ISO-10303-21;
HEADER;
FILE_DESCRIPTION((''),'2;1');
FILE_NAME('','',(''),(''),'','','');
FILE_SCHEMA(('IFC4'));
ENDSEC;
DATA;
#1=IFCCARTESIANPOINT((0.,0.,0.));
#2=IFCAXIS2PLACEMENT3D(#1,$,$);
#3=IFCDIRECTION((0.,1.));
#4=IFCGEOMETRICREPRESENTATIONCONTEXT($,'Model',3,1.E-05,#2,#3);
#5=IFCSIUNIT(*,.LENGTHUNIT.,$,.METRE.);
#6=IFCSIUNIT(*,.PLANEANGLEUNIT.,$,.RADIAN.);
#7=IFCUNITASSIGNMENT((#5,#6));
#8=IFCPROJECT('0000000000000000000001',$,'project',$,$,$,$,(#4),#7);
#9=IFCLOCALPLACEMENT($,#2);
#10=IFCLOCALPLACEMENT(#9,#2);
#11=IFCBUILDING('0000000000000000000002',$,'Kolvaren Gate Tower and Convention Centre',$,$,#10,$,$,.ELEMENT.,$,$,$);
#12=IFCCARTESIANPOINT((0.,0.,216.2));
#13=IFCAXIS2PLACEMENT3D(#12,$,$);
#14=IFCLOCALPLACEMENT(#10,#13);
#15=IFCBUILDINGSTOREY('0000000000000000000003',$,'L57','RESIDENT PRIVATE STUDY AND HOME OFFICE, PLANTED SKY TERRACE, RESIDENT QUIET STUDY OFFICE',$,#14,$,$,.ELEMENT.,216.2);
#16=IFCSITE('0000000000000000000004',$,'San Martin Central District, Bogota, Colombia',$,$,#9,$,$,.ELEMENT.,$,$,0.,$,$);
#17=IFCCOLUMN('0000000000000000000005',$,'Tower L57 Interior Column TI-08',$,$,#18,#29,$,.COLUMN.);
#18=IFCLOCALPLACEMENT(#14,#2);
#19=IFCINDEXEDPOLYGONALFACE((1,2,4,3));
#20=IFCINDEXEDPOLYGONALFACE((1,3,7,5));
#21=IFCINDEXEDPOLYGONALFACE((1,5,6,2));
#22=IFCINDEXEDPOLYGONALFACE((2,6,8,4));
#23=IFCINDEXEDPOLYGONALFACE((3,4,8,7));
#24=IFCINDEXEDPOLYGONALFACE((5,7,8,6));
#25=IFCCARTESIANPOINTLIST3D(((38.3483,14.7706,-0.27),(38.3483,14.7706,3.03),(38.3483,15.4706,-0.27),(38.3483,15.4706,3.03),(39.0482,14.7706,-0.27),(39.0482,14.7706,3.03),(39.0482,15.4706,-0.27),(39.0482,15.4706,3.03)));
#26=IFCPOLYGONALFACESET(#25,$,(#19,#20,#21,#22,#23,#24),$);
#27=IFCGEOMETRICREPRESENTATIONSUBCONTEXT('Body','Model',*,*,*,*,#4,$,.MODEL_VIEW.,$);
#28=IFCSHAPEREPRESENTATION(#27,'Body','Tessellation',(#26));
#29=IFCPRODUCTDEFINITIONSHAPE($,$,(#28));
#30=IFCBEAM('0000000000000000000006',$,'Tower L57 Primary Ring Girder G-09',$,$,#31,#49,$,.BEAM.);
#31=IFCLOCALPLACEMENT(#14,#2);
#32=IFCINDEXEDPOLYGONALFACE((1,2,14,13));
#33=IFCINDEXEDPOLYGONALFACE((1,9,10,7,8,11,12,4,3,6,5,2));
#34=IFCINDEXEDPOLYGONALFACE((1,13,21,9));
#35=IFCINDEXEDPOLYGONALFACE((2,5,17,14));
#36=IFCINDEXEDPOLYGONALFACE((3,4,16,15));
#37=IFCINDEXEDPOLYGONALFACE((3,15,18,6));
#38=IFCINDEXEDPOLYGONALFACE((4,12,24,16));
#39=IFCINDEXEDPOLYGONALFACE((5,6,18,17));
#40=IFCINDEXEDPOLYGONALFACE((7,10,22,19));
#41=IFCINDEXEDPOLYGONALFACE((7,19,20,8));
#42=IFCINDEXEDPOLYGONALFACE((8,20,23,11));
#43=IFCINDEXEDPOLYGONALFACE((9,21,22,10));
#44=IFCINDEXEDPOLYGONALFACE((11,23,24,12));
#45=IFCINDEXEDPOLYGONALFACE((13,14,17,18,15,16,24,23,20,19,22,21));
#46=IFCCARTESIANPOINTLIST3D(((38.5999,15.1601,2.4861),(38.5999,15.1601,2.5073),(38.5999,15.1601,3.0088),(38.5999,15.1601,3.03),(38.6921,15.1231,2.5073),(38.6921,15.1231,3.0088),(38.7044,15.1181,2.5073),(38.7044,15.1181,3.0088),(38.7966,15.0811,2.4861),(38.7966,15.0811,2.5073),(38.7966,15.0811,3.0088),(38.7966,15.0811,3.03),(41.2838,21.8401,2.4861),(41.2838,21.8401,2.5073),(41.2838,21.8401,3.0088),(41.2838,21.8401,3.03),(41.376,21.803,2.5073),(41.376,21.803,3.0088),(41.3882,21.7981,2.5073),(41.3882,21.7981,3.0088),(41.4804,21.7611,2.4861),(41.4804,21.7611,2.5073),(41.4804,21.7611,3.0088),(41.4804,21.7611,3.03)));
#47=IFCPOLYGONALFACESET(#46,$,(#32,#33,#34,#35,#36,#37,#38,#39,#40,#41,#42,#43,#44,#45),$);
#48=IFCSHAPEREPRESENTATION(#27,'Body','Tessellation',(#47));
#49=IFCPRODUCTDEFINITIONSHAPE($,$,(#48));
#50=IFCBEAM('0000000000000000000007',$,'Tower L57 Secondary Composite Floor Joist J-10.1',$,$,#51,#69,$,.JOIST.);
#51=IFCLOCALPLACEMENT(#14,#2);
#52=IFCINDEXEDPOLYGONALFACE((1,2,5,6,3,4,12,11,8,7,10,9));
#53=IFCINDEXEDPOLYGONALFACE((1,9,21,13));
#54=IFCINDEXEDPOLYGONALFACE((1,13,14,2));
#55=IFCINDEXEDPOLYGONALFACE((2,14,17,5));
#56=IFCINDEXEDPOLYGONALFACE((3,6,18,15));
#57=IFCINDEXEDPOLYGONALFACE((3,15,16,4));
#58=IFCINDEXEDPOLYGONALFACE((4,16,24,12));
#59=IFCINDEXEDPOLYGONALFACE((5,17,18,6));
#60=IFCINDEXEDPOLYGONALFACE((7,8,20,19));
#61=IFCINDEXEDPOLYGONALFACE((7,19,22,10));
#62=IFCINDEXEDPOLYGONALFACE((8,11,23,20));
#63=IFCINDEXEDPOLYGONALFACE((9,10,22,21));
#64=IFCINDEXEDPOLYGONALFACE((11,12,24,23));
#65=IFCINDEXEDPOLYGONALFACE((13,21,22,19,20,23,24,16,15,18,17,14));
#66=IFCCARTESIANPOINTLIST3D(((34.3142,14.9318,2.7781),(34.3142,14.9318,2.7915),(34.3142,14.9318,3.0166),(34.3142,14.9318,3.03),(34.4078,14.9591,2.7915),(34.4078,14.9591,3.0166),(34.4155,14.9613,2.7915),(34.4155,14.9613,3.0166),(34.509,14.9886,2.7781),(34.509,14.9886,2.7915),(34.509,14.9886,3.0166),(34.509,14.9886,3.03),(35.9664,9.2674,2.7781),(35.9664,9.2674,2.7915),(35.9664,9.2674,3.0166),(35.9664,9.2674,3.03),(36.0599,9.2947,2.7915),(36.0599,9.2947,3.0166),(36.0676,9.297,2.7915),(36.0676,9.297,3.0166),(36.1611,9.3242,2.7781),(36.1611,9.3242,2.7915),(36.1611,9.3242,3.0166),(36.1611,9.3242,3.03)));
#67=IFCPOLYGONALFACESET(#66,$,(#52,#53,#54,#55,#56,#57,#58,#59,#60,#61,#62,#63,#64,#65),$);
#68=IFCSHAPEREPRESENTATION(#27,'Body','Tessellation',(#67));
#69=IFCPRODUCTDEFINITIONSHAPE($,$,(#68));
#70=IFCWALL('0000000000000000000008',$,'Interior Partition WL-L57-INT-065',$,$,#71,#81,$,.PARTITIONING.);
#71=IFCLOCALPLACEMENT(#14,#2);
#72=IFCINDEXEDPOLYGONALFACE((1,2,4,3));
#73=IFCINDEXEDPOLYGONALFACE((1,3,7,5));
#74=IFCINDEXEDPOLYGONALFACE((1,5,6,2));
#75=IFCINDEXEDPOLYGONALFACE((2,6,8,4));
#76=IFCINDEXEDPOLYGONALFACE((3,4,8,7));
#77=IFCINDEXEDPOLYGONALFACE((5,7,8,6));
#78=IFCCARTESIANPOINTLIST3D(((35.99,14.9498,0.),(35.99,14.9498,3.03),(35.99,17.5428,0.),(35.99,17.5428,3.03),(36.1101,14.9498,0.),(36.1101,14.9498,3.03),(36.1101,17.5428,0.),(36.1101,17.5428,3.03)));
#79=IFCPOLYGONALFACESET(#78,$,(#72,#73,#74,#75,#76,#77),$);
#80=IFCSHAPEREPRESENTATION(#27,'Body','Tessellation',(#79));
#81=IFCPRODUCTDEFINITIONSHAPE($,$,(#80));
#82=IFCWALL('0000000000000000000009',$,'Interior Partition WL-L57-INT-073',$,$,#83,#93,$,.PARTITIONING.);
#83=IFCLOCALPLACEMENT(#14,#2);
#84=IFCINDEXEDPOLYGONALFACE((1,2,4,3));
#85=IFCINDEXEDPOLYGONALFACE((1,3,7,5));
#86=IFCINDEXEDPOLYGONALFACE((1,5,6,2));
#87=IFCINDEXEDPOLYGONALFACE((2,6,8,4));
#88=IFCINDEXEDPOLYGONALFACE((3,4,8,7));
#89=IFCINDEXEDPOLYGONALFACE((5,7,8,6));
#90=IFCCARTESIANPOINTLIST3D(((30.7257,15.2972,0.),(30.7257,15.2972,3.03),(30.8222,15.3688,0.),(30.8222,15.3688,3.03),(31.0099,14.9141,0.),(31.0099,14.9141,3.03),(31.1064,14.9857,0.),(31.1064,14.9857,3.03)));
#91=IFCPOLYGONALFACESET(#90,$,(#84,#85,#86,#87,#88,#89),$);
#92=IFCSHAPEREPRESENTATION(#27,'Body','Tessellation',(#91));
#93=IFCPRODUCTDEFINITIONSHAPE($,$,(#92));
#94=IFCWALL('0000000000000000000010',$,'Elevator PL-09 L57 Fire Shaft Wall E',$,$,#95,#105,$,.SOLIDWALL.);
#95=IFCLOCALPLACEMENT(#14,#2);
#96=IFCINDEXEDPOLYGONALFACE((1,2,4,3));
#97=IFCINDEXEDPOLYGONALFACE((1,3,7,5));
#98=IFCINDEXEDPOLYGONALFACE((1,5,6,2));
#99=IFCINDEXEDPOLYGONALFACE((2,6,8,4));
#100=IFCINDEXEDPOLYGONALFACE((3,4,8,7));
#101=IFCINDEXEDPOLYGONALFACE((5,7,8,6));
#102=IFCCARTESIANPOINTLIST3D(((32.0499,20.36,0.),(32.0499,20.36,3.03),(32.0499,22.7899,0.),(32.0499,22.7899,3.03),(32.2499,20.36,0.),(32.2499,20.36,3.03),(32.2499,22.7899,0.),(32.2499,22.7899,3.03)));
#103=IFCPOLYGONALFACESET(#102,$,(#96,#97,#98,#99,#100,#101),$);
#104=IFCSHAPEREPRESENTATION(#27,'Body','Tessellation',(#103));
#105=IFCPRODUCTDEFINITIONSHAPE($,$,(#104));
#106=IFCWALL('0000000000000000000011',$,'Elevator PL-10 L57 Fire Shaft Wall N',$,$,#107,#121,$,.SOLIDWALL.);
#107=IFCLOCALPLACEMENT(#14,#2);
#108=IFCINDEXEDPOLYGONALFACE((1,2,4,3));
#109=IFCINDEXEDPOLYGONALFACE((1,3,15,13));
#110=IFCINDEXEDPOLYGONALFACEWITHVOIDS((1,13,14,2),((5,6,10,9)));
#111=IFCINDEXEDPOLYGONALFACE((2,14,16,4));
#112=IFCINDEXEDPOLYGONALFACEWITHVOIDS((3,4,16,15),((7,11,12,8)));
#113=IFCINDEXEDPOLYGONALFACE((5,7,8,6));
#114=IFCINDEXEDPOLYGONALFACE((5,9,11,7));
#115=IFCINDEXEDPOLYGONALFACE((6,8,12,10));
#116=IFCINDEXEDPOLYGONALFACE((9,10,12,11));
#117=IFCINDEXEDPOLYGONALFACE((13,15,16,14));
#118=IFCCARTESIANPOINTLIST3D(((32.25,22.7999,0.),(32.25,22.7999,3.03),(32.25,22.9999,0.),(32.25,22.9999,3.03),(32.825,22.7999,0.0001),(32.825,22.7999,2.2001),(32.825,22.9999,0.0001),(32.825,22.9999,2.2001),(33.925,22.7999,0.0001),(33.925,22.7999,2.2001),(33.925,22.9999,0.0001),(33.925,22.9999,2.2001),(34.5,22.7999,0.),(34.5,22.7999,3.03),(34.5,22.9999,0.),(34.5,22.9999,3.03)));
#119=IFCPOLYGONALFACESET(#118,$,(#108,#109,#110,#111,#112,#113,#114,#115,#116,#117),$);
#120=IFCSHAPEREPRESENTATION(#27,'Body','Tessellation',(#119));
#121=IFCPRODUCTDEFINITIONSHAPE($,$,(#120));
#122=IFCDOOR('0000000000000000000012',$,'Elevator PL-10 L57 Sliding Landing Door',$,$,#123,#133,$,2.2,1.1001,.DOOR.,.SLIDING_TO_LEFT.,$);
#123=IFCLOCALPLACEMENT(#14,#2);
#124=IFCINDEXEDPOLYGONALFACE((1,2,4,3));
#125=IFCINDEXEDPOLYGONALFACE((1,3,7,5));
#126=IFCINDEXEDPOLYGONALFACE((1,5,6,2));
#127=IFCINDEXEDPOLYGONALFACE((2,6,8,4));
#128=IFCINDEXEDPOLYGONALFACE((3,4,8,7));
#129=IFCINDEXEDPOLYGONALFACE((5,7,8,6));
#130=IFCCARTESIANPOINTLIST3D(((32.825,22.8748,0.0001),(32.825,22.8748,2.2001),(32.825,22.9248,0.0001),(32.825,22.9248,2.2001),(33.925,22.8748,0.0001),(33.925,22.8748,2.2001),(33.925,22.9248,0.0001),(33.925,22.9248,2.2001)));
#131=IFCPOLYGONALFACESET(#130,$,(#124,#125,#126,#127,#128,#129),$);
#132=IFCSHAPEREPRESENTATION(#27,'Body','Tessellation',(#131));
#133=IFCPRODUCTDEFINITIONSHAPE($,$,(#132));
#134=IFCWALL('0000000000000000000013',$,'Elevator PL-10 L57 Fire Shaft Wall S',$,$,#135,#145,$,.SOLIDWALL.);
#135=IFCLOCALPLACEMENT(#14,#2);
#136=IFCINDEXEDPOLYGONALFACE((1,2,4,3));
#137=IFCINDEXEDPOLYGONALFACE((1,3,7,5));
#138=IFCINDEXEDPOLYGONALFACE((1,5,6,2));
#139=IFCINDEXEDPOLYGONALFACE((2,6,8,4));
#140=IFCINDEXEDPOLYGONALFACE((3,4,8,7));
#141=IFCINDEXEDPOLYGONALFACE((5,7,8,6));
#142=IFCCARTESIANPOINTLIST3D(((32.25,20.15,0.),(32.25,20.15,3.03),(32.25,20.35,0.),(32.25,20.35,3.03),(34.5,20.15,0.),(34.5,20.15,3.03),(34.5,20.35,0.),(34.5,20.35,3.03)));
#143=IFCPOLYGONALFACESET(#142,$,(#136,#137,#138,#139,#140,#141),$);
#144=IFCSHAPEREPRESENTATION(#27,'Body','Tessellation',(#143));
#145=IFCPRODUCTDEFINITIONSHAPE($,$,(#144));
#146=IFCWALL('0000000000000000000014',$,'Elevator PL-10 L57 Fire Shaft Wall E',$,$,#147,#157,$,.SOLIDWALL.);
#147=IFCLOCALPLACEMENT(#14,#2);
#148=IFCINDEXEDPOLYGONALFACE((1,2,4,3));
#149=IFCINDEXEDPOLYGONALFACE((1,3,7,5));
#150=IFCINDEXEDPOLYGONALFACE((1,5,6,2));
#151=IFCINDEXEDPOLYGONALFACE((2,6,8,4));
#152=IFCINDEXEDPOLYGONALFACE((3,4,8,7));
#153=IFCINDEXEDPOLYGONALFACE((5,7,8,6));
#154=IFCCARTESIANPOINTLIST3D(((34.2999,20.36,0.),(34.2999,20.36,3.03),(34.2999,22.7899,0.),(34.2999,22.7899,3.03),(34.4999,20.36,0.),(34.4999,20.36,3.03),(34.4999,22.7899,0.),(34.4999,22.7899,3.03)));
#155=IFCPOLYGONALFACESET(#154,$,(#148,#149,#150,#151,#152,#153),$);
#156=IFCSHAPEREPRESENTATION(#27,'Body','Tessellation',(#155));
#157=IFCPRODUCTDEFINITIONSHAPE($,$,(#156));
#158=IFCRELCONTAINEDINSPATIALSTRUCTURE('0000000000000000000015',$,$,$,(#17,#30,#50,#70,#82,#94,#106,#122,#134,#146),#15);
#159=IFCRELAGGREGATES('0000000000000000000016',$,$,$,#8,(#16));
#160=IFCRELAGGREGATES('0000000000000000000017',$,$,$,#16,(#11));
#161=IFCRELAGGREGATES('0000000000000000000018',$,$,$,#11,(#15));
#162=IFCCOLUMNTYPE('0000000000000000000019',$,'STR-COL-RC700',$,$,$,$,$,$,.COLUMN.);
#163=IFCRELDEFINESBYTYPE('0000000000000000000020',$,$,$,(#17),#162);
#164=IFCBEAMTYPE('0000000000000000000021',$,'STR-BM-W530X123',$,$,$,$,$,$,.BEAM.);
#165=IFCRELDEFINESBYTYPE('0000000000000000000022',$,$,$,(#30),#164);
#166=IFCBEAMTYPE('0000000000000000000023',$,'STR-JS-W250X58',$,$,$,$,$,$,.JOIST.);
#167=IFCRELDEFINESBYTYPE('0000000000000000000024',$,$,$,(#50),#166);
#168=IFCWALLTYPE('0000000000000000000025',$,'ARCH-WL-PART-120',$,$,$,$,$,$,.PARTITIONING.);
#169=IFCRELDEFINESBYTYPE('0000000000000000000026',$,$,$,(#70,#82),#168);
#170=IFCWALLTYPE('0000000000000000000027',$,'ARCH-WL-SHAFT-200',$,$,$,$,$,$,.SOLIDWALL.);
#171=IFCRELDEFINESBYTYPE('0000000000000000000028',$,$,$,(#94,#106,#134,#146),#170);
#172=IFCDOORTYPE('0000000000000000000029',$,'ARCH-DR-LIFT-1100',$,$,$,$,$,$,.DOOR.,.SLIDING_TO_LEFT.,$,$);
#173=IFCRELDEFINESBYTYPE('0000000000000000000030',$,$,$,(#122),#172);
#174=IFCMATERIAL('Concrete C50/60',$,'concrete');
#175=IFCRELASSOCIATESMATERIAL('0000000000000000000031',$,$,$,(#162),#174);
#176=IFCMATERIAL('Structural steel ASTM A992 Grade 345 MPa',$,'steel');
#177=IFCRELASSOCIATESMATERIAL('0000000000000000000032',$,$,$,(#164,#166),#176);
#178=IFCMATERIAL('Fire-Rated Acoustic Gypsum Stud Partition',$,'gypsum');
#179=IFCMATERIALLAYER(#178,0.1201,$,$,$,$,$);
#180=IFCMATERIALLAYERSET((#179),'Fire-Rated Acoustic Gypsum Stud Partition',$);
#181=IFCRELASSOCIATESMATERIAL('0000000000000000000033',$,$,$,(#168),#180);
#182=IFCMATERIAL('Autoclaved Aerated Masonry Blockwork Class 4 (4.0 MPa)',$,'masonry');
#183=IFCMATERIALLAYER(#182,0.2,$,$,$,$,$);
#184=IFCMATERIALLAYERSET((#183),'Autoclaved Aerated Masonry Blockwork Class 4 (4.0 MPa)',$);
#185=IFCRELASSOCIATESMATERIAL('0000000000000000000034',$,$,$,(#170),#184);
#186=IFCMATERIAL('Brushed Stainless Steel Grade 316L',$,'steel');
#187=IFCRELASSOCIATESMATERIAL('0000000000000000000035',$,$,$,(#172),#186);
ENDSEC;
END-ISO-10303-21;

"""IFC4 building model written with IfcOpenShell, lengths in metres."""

from ifc_helpers import new_model, si_unit, direction, frame, frame_2d, origin, origin_2d, place, context, subcontext, project, spatial, rectangle, i_section, extrude, material, layer, layer_set, material_profile, profile_set, type_object, element, fill, save


model = new_model("IFC4")

# Units and contexts
model_context = context("Model", 3, precision=1e-05, world=origin(), true_north=direction((0.0, 1.0)))
body_context = subcontext(model_context, "Body", "Model", "MODEL_VIEW")
ifc_project = project(units=[si_unit("LENGTHUNIT", "METRE"), si_unit("PLANEANGLEUNIT", "RADIAN")], contexts=[model_context])

# Site, building, storey
site_placement = place(None, origin())
site = spatial("IfcSite", under=ifc_project, at=site_placement, Name="San Martin Central District, Bogota, Colombia", CompositionType="ELEMENT", RefElevation=0.0)
building_placement = place(site_placement, origin())
building = spatial("IfcBuilding", under=site, at=building_placement, Name="Kolvaren Gate Tower and Convention Centre", CompositionType="ELEMENT")
storey_placement = place(building_placement, frame((0.0, 0.0, 216.2)))
storey = spatial("IfcBuildingStorey", under=building, at=storey_placement, Name="L57", Description="RESIDENT PRIVATE STUDY AND HOME OFFICE, PLANTED SKY TERRACE, RESIDENT QUIET STUDY OFFICE", CompositionType="ELEMENT", Elevation=216.2)

# Column
ifc_material_1 = material(Name="Concrete C50/60", Category="concrete")
ifc_material_profile_1 = material_profile(ifc_material_1, rectangle(XDim=0.7, YDim=0.7, at=origin_2d()), Name="RC-COL-700X700")
ifc_profile_set_1 = profile_set([ifc_material_profile_1], Name="Concrete C50/60")
column_type = type_object("IfcColumnType", Name="STR-COL-RC700", PredefinedType="COLUMN", material=ifc_profile_set_1)
column_placement = place(storey_placement, frame((38.6982, 15.1206, -0.27), z_axis=(0.0, 0.0, 1.0), x_axis=(1.0, 0.0, 0.0)))
element("IfcColumn", 1, at=column_placement, inside=storey, type_object=column_type, Name="Tower L57 Interior Column TI-08", PredefinedType="COLUMN", context=body_context, shape_type="SweptSolid", body=[
    extrude(rectangle(XDim=0.7, YDim=0.7, at=origin_2d()), origin(), (0.0, 0.0, 1.0), 3.3),
])

# Beams
ifc_material_2 = material(Name="Structural steel ASTM A992 Grade 345 MPa", Category="steel")
ifc_material_profile_2 = material_profile(ifc_material_2, i_section(OverallWidth=0.2119, OverallDepth=0.5439, WebThickness=0.0132, FlangeThickness=0.0212, at=origin_2d()), Name="W530X123")
ifc_profile_set_2 = profile_set([ifc_material_profile_2], Name="Structural steel ASTM A992 Grade 345 MPa")
beam_type_1 = type_object("IfcBeamType", Name="STR-BM-W530X123", PredefinedType="BEAM", material=ifc_profile_set_2)
beam_1_placement = place(storey_placement, frame((38.6982, 15.1206, 2.7581), z_axis=(0.372811, 0.927907, 0.0), x_axis=(-0.927907, 0.372811, 0.0)))
element("IfcBeam", 2, at=beam_1_placement, inside=storey, type_object=beam_type_1, Name="Tower L57 Primary Ring Girder G-09", PredefinedType="BEAM", context=body_context, shape_type="SweptSolid", body=[
    extrude(i_section(OverallWidth=0.2119, OverallDepth=0.5439, WebThickness=0.0132, FlangeThickness=0.0212, at=origin_2d()), origin(), (0.0, 0.0, 1.0), 7.199),
])
ifc_material_profile_3 = material_profile(ifc_material_2, i_section(OverallWidth=0.2029, OverallDepth=0.252, WebThickness=0.0081, FlangeThickness=0.0134, at=origin_2d()), Name="W250X58")
ifc_profile_set_3 = profile_set([ifc_material_profile_3], Name="Structural steel ASTM A992 Grade 345 MPa")
beam_type_2 = type_object("IfcBeamType", Name="STR-JS-W250X58", PredefinedType="JOIST", material=ifc_profile_set_3)
beam_2_placement = place(storey_placement, frame((34.4116, 14.9602, 2.9041), z_axis=(0.280002, -0.96, 0.0), x_axis=(0.96, 0.280002, 0.0)))
element("IfcBeam", 3, at=beam_2_placement, inside=storey, type_object=beam_type_2, Name="Tower L57 Secondary Composite Floor Joist J-10.1", PredefinedType="JOIST", context=body_context, shape_type="SweptSolid", body=[
    extrude(i_section(OverallWidth=0.2029, OverallDepth=0.252, WebThickness=0.0081, FlangeThickness=0.0134, at=origin_2d()), origin(), (0.0, 0.0, 1.0), 5.9004),
])

# Walls
ifc_material_3 = material(Name="Fire-Rated Acoustic Gypsum Stud Partition", Category="gypsum")
ifc_layer_1 = layer(ifc_material_3, 0.1201)
ifc_layer_set_1 = layer_set([ifc_layer_1], Name="Fire-Rated Acoustic Gypsum Stud Partition")
wall_type_1 = type_object("IfcWallType", Name="ARCH-WL-PART-120", PredefinedType="PARTITIONING", material=ifc_layer_set_1)
wall_1_placement = place(storey_placement, frame((36.05, 14.95, 0.0), z_axis=(0.0, 0.0, 1.0), x_axis=(0.0, 1.0, 0.0)))
element("IfcWall", 4, at=wall_1_placement, inside=storey, type_object=wall_type_1, Name="Interior Partition WL-L57-INT-065", PredefinedType="PARTITIONING", context=body_context, shape_type="SweptSolid", body=[
    extrude(rectangle(XDim=2.593, YDim=0.1201, at=frame_2d((1.2964, 0.0))), origin(), (0.0, 0.0, 1.0), 3.03),
])
wall_2_placement = place(storey_placement, frame((30.7739, 15.333, 0.0), z_axis=(0.0, 0.0, 1.0), x_axis=(0.595815, -0.803122, 0.0)))
element("IfcWall", 5, at=wall_2_placement, inside=storey, type_object=wall_type_1, Name="Interior Partition WL-L57-INT-073", PredefinedType="PARTITIONING", context=body_context, shape_type="SweptSolid", body=[
    extrude(rectangle(XDim=0.4771, YDim=0.1201, at=frame_2d((0.2385, 0.0))), origin(), (0.0, 0.0, 1.0), 3.03),
])
ifc_material_4 = material(Name="Autoclaved Aerated Masonry Blockwork Class 4 (4.0 MPa)", Category="masonry")
ifc_layer_2 = layer(ifc_material_4, 0.2)
ifc_layer_set_2 = layer_set([ifc_layer_2], Name="Autoclaved Aerated Masonry Blockwork Class 4 (4.0 MPa)")
wall_type_2 = type_object("IfcWallType", Name="ARCH-WL-SHAFT-200", PredefinedType="SOLIDWALL", material=ifc_layer_set_2)
wall_3_placement = place(storey_placement, frame((32.1499, 20.3601, 0.0), z_axis=(0.0, 0.0, 1.0), x_axis=(0.0, 1.0, 0.0)))
element("IfcWall", 6, at=wall_3_placement, inside=storey, type_object=wall_type_2, Name="Elevator PL-09 L57 Fire Shaft Wall E", PredefinedType="SOLIDWALL", context=body_context, shape_type="SweptSolid", body=[
    extrude(rectangle(XDim=2.4299, YDim=0.2, at=frame_2d((1.2148, 0.0))), origin(), (0.0, 0.0, 1.0), 3.03),
])

# Wall, opening, door
wall_4_placement = place(storey_placement, frame((32.25, 22.8999, 0.0), z_axis=(0.0, 0.0, 1.0), x_axis=(1.0, 0.0, 0.0)))
wall_4 = element("IfcWall", 7, at=wall_4_placement, inside=storey, type_object=wall_type_2, Name="Elevator PL-10 L57 Fire Shaft Wall N", PredefinedType="SOLIDWALL", context=body_context, shape_type="SweptSolid", body=[
    extrude(rectangle(XDim=2.25, YDim=0.2, at=frame_2d((1.125, 0.0))), origin(), (0.0, 0.0, 1.0), 3.03),
])
opening_1_placement = place(wall_4_placement, frame((0.575, 0.0, 0.0)))
opening_1 = element("IfcOpeningElement", 8, at=opening_1_placement, cuts=wall_4, PredefinedType="OPENING", context=body_context, shape_type="SweptSolid", body=[
    extrude(rectangle(XDim=1.1001, YDim=2.2, at=frame_2d((0.55, 1.1001))), frame((0.0, 0.1099, 0.0), z_axis=(0.0, -1.0, 0.0), x_axis=(1.0, 0.0, 0.0)), (0.0, 0.0, 1.0), 0.22),
])
ifc_material_5 = material(Name="Brushed Stainless Steel Grade 316L", Category="steel")
door_type_1 = type_object("IfcDoorType", Name="ARCH-DR-LIFT-1100", OperationType="SLIDING_TO_LEFT", PredefinedType="DOOR", material=ifc_material_5)
door_1_placement = place(opening_1_placement, origin())
door_1 = element("IfcDoor", 9, at=door_1_placement, inside=storey, type_object=door_type_1, Name="Elevator PL-10 L57 Sliding Landing Door", OperationType="SLIDING_TO_LEFT", OverallHeight=2.2, OverallWidth=1.1001, PredefinedType="DOOR", context=body_context, shape_type="SweptSolid", body=[
    extrude(rectangle(XDim=1.1001, YDim=2.2, at=frame_2d((0.55, 1.1001))), frame((0.0, 0.0249, 0.0), z_axis=(0.0, -1.0, 0.0), x_axis=(1.0, 0.0, 0.0)), (0.0, 0.0, 1.0), 0.05),
])
fill(opening_1, door_1)

# Walls
wall_5_placement = place(storey_placement, frame((32.25, 20.25, 0.0), z_axis=(0.0, 0.0, 1.0), x_axis=(1.0, 0.0, 0.0)))
element("IfcWall", 10, at=wall_5_placement, inside=storey, type_object=wall_type_2, Name="Elevator PL-10 L57 Fire Shaft Wall S", PredefinedType="SOLIDWALL", context=body_context, shape_type="SweptSolid", body=[
    extrude(rectangle(XDim=2.25, YDim=0.2, at=frame_2d((1.125, 0.0))), origin(), (0.0, 0.0, 1.0), 3.03),
])
wall_6_placement = place(storey_placement, frame((34.3999, 20.3601, 0.0), z_axis=(0.0, 0.0, 1.0), x_axis=(0.0, 1.0, 0.0)))
element("IfcWall", 11, at=wall_6_placement, inside=storey, type_object=wall_type_2, Name="Elevator PL-10 L57 Fire Shaft Wall E", PredefinedType="SOLIDWALL", context=body_context, shape_type="SweptSolid", body=[
    extrude(rectangle(XDim=2.4299, YDim=0.2, at=frame_2d((1.2148, 0.0))), origin(), (0.0, 0.0, 1.0), 3.03),
])

save(model, "model.ifc")
